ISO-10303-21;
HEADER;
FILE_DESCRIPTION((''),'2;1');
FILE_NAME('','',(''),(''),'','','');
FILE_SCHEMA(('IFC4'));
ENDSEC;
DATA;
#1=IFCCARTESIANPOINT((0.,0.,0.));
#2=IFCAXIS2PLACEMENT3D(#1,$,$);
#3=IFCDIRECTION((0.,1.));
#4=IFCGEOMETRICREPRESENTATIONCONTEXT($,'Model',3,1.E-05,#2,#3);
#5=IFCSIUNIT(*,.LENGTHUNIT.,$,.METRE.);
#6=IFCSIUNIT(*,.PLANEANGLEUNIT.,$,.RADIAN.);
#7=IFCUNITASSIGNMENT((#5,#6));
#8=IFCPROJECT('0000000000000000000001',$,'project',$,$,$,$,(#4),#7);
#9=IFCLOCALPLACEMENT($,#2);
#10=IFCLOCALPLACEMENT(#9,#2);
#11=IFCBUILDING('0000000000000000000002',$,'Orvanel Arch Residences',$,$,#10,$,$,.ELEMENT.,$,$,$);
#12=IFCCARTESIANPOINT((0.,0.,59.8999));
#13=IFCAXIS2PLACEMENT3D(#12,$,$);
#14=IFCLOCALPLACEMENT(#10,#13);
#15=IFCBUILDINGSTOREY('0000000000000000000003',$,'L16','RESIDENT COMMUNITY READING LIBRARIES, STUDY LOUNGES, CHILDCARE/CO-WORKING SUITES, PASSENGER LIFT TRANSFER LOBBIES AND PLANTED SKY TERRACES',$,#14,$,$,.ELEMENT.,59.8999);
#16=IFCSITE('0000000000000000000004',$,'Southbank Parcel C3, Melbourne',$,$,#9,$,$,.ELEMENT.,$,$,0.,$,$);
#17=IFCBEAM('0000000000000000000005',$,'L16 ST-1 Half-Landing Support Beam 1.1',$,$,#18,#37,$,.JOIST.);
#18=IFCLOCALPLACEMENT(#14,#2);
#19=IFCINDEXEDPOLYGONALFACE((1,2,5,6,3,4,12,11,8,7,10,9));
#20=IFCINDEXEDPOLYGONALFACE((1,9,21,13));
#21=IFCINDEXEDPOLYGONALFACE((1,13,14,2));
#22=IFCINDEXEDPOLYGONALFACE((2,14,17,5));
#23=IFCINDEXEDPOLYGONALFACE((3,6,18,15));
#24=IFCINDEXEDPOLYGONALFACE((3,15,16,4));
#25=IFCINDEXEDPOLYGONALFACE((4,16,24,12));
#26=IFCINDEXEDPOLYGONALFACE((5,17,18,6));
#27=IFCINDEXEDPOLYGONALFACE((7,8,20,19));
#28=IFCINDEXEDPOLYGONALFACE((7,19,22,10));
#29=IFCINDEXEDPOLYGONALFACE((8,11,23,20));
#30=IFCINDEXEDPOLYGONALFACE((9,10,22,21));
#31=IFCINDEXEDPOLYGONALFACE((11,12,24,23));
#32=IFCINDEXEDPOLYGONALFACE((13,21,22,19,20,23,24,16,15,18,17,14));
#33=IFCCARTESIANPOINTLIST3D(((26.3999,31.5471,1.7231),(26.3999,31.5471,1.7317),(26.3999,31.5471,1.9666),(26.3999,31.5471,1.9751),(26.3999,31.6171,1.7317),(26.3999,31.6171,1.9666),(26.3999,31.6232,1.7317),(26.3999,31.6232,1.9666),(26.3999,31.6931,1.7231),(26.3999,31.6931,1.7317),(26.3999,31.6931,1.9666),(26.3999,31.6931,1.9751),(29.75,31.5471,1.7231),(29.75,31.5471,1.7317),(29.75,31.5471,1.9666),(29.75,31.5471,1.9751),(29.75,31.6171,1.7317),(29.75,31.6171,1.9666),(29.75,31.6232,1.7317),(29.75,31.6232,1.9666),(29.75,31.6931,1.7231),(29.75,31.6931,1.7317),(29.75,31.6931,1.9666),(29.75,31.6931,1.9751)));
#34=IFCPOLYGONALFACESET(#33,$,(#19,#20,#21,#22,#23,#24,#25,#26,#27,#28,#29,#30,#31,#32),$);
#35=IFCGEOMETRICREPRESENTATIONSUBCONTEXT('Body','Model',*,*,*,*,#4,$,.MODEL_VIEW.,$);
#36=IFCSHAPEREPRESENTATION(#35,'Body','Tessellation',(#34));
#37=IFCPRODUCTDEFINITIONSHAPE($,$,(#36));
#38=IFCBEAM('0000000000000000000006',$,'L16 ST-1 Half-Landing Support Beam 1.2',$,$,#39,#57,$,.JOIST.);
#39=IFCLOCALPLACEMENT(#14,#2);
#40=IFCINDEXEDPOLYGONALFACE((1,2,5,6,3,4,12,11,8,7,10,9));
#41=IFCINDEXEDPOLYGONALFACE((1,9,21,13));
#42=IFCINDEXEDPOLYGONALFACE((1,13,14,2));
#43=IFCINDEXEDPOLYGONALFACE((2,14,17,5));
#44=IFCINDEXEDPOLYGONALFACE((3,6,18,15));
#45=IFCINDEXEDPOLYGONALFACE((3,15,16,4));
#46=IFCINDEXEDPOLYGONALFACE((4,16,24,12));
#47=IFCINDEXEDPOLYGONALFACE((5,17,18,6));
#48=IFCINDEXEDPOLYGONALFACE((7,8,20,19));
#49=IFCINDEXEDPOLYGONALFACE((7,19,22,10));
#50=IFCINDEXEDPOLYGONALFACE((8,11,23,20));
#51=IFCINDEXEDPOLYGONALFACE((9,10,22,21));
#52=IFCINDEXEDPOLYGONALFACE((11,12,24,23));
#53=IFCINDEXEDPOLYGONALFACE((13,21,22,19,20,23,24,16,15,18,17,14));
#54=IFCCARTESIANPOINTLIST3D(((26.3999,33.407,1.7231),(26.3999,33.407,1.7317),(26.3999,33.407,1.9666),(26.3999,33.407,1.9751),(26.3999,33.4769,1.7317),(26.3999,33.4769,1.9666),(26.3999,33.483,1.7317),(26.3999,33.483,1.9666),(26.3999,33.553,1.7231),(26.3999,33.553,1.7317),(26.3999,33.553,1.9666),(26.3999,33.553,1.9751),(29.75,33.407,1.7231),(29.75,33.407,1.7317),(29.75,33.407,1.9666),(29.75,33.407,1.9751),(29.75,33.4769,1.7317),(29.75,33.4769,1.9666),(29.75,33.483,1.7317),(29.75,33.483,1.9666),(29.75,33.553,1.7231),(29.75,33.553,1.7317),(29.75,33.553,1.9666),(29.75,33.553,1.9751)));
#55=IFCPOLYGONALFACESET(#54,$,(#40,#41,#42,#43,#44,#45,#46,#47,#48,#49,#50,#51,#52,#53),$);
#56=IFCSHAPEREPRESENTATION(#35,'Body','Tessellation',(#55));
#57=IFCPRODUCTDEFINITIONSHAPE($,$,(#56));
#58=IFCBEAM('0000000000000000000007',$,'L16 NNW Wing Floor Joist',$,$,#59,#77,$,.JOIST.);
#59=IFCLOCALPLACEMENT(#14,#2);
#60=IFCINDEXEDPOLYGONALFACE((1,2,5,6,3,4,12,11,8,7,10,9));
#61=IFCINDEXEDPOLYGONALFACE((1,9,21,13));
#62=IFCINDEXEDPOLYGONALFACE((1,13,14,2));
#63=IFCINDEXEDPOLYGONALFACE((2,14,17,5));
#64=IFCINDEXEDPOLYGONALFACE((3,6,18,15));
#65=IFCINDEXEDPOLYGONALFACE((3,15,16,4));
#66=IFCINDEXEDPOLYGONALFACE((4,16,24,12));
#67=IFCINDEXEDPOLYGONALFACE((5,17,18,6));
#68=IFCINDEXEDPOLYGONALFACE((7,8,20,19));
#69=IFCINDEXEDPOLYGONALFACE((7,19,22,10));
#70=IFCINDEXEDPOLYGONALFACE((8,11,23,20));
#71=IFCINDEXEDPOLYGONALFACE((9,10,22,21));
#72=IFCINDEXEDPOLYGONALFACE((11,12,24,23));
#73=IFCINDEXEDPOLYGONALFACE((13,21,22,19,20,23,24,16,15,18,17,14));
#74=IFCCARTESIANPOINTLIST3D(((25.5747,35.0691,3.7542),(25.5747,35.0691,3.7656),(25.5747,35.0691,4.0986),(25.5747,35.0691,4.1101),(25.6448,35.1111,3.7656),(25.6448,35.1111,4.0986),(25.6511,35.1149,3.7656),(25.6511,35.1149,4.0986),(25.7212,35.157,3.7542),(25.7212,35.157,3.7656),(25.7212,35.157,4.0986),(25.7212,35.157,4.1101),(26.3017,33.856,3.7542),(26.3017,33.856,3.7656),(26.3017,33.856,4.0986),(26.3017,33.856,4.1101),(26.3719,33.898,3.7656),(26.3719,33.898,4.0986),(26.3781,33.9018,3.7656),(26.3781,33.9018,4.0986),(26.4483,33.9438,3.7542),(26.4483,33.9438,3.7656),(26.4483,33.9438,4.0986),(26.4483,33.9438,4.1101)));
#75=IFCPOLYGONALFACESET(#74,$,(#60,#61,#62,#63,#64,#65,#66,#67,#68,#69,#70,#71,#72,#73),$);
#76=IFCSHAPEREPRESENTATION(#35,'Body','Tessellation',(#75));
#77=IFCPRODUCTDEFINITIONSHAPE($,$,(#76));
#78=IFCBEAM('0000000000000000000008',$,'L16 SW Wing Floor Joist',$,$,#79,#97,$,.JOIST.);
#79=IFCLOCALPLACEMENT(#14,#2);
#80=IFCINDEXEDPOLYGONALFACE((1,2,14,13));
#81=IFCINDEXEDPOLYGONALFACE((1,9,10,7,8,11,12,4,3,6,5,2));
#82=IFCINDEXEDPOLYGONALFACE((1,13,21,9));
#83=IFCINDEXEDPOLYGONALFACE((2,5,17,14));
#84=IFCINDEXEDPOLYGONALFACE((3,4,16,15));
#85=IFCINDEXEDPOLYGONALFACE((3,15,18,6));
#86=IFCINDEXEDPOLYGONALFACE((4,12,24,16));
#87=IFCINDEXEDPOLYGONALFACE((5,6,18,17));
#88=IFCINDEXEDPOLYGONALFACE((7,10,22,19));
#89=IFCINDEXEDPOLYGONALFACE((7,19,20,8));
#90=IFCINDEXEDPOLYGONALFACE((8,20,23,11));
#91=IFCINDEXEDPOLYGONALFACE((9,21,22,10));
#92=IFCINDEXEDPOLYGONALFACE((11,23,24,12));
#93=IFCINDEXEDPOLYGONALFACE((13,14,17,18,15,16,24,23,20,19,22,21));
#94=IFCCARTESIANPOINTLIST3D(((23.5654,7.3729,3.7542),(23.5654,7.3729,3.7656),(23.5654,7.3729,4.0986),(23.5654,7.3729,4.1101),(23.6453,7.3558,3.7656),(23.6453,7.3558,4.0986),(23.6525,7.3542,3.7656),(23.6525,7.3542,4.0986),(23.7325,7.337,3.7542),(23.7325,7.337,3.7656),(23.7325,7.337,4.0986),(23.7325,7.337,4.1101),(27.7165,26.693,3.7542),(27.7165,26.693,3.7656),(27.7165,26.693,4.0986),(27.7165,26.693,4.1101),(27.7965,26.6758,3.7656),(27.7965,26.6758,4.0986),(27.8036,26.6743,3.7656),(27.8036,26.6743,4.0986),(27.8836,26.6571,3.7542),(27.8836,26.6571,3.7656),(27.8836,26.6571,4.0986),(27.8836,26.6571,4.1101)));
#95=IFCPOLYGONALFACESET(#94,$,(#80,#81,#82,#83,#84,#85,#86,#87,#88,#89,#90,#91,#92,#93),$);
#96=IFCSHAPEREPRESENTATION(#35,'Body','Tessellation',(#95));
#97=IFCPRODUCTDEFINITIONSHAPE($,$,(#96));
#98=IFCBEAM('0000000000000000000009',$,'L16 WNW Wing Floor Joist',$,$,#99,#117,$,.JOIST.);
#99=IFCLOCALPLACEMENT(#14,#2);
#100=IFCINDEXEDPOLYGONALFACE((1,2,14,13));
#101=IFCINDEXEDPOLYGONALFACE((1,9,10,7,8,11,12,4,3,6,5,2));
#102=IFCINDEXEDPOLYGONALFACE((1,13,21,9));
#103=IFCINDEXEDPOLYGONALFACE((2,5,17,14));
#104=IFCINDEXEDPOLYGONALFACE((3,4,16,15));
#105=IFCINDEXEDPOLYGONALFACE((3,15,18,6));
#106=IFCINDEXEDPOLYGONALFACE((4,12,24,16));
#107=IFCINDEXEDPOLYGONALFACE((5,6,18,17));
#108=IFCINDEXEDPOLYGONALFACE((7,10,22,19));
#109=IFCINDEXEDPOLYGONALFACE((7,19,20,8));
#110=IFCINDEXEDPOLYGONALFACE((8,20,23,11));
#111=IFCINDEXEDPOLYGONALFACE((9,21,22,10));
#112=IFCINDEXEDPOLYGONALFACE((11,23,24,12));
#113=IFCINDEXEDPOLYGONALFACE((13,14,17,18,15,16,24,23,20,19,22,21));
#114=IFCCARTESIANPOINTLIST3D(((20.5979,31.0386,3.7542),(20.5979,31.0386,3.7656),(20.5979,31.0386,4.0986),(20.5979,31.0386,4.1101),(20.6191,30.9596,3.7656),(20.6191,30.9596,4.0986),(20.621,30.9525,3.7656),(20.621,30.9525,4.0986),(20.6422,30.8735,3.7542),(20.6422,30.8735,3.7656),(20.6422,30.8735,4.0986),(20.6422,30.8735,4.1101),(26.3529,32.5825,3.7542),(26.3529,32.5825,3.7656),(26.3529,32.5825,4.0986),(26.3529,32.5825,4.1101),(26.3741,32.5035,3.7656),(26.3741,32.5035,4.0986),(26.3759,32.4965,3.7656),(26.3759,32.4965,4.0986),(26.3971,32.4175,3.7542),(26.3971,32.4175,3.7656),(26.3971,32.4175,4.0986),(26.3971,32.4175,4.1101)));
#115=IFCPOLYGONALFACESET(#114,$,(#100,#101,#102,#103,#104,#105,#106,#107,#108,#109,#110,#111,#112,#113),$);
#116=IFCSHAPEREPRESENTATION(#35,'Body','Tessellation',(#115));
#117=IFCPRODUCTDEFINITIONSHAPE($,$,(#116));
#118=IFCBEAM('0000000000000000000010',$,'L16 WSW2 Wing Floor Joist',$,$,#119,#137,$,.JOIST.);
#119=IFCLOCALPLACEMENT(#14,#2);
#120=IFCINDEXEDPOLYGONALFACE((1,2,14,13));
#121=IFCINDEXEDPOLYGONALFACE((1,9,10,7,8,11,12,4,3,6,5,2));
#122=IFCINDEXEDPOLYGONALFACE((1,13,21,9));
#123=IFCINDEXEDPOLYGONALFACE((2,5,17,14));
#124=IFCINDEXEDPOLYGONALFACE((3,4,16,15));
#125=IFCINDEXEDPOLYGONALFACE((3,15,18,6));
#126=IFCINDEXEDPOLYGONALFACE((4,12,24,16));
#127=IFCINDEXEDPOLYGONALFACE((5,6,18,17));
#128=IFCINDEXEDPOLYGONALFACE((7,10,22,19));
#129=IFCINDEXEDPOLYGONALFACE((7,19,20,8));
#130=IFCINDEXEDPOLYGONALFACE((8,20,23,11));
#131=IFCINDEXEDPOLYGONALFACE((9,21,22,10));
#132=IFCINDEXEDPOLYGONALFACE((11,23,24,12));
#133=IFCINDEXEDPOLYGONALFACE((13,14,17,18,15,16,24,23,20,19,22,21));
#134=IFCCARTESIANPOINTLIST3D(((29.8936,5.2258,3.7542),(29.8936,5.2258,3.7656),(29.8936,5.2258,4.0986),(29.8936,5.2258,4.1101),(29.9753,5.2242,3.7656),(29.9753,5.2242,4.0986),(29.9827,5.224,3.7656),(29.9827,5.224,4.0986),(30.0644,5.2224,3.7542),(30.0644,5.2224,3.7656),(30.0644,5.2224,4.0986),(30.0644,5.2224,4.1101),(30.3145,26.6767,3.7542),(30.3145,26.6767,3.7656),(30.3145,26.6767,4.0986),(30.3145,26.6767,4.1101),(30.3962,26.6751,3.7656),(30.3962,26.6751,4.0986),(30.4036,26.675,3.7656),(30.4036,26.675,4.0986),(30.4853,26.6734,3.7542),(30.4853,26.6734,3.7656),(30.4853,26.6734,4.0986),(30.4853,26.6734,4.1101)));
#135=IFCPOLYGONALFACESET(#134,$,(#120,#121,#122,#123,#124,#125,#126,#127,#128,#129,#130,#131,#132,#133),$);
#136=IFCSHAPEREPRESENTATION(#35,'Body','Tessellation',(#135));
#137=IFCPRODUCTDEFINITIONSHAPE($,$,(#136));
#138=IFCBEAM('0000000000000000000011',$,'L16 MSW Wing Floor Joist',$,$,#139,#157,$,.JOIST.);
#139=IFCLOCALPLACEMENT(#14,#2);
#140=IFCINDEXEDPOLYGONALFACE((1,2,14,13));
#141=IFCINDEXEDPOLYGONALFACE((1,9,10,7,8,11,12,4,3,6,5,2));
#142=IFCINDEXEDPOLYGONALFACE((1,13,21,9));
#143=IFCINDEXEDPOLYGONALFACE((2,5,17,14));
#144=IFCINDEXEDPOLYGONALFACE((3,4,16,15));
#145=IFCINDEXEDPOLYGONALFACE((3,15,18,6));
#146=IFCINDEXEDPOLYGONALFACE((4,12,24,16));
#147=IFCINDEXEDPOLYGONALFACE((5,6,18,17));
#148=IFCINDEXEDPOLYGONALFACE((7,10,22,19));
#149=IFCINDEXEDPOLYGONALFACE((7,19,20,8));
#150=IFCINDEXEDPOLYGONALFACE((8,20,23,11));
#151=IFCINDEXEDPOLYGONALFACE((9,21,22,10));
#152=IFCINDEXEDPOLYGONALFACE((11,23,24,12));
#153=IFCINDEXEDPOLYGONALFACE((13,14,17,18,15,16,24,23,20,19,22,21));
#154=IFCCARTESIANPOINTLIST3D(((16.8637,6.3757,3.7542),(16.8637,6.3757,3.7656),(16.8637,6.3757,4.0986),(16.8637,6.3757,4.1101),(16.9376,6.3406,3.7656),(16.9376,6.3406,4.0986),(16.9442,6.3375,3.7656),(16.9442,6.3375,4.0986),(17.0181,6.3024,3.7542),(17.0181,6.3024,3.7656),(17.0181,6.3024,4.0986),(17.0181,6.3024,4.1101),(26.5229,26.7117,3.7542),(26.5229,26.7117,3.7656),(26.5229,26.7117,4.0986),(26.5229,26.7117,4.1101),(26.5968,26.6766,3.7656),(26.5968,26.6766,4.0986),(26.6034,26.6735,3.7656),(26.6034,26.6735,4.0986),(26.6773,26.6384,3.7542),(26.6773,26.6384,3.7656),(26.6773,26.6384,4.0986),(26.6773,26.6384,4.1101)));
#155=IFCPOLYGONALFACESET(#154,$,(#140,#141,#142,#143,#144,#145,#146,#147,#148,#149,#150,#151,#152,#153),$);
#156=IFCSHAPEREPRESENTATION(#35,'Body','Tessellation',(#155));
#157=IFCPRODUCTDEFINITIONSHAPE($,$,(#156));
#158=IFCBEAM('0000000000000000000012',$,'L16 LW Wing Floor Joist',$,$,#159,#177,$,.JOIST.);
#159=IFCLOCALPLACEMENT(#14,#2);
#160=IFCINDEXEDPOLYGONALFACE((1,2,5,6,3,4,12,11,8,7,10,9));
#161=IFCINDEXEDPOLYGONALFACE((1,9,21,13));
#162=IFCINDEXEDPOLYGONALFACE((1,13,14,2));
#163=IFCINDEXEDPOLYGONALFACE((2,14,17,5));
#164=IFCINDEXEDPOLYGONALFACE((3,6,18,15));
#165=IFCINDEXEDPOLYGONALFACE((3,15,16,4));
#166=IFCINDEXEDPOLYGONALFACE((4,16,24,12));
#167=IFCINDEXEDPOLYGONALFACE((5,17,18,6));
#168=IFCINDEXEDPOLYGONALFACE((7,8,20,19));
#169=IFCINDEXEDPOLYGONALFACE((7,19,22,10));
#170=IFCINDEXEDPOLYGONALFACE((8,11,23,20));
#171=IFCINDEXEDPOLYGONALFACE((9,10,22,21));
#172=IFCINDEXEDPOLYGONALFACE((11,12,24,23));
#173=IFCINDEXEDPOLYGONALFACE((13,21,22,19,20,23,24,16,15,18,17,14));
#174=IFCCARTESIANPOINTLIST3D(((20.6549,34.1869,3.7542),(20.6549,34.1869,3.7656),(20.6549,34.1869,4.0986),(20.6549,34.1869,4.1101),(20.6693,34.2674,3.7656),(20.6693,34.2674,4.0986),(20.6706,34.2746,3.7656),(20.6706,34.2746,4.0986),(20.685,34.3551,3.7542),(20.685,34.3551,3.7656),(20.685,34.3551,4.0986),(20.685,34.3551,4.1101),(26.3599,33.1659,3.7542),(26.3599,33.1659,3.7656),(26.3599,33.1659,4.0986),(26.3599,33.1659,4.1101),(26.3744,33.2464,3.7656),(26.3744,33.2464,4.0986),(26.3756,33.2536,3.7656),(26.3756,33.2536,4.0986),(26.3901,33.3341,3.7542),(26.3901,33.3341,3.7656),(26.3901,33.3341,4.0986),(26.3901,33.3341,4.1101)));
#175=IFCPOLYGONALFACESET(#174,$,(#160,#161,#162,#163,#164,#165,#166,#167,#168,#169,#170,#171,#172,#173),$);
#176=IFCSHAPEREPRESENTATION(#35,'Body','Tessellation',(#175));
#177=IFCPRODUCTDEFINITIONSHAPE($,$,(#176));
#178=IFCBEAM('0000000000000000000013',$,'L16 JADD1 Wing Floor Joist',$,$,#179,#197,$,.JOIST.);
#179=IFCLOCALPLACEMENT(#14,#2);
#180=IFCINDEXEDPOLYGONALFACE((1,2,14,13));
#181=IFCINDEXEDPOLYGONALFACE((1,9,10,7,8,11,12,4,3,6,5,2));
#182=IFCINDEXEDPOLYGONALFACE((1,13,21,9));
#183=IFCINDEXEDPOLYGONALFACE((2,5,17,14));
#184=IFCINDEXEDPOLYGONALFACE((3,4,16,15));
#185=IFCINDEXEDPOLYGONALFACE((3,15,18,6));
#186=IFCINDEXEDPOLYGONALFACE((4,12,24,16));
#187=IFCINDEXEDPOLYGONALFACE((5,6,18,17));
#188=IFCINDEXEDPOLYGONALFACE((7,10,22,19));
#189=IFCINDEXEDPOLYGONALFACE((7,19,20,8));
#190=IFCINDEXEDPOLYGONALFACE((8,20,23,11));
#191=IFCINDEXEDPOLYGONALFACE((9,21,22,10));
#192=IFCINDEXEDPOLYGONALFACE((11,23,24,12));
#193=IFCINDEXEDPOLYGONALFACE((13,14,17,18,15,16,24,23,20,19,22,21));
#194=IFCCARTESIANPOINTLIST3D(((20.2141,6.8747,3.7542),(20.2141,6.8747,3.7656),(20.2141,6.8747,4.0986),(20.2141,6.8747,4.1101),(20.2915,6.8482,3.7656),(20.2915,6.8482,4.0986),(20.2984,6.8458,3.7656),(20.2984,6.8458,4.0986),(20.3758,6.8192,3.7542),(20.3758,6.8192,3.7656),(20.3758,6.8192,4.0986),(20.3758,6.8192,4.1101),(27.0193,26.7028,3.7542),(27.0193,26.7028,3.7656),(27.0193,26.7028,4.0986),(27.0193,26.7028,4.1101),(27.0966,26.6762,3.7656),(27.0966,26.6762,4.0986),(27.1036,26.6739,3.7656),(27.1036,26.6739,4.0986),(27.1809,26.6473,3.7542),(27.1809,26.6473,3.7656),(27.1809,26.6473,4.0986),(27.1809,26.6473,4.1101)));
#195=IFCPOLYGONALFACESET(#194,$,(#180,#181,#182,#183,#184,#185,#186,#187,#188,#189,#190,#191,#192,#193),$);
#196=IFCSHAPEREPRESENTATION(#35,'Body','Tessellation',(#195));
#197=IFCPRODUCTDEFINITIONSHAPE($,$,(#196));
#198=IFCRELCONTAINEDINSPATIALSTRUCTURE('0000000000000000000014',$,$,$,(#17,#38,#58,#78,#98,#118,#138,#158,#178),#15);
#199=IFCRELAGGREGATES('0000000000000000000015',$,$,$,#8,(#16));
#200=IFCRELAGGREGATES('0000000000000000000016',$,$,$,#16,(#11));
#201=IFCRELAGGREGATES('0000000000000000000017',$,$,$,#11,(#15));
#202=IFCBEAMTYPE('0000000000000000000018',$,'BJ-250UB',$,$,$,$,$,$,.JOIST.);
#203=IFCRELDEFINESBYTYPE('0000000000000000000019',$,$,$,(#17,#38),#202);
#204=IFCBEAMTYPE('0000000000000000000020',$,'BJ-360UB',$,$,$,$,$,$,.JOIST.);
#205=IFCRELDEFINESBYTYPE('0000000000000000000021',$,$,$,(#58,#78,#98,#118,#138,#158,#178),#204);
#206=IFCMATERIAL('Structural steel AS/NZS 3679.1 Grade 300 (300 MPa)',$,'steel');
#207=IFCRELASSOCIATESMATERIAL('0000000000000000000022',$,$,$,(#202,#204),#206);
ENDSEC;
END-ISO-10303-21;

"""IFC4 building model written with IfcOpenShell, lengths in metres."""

from ifc_helpers import new_model, si_unit, direction, frame, origin, origin_2d, place, context, subcontext, project, spatial, i_section, extrude, material, material_profile, profile_set, type_object, element, save


model = new_model("IFC4")

# Units and contexts
model_context = context("Model", 3, precision=1e-05, world=origin(), true_north=direction((0.0, 1.0)))
body_context = subcontext(model_context, "Body", "Model", "MODEL_VIEW")
ifc_project = project(units=[si_unit("LENGTHUNIT", "METRE"), si_unit("PLANEANGLEUNIT", "RADIAN")], contexts=[model_context])

# Site, building, storey
site_placement = place(None, origin())
site = spatial("IfcSite", under=ifc_project, at=site_placement, Name="Southbank Parcel C3, Melbourne", CompositionType="ELEMENT", RefElevation=0.0)
building_placement = place(site_placement, origin())
building = spatial("IfcBuilding", under=site, at=building_placement, Name="Orvanel Arch Residences", CompositionType="ELEMENT")
storey_placement = place(building_placement, frame((0.0, 0.0, 59.8999)))
storey = spatial("IfcBuildingStorey", under=building, at=storey_placement, Name="L16", Description="RESIDENT COMMUNITY READING LIBRARIES, STUDY LOUNGES, CHILDCARE/CO-WORKING SUITES, PASSENGER LIFT TRANSFER LOBBIES AND PLANTED SKY TERRACES", CompositionType="ELEMENT", Elevation=59.8999)

# Beams
ifc_material_1 = material(Name="Structural steel AS/NZS 3679.1 Grade 300 (300 MPa)", Category="steel")
ifc_material_profile_1 = material_profile(ifc_material_1, i_section(OverallWidth=0.146, OverallDepth=0.252, WebThickness=0.0061, FlangeThickness=0.0085, at=origin_2d()), Name="250UB31.4")
ifc_profile_set_1 = profile_set([ifc_material_profile_1], Name="Structural steel AS/NZS 3679.1 Grade 300 (300 MPa)")
beam_type_1 = type_object("IfcBeamType", Name="BJ-250UB", PredefinedType="JOIST", material=ifc_profile_set_1)
for number, where, z_axis, x_axis, name in (
    (1, (26.3999, 31.6201, 1.8491), (1.0, 0.0, 0.0), (0.0, 1.0, 0.0), "L16 ST-1 Half-Landing Support Beam 1.1"),
    (2, (26.3999, 33.48, 1.8491), (1.0, 0.0, 0.0), (0.0, 1.0, 0.0), "L16 ST-1 Half-Landing Support Beam 1.2"),
):
    element("IfcBeam", number, at=place(storey_placement, frame(where, z_axis=z_axis, x_axis=x_axis)), inside=storey, type_object=beam_type_1, Name=name, PredefinedType="JOIST", context=body_context, shape_type="SweptSolid", body=[
        extrude(i_section(OverallWidth=0.146, OverallDepth=0.252, WebThickness=0.0061, FlangeThickness=0.0085, at=origin_2d()), origin(), (0.0, 0.0, 1.0), 3.3501),
    ])
ifc_material_profile_2 = material_profile(ifc_material_1, i_section(OverallWidth=0.1709, OverallDepth=0.356, WebThickness=0.0073, FlangeThickness=0.0115, at=origin_2d()), Name="360UB50.7")
ifc_profile_set_2 = profile_set([ifc_material_profile_2], Name="Structural steel AS/NZS 3679.1 Grade 300 (300 MPa)")
beam_type_2 = type_object("IfcBeamType", Name="BJ-360UB", PredefinedType="JOIST", material=ifc_profile_set_2)
beam_1_placement = place(storey_placement, frame((26.375, 33.8999, 3.9321), z_axis=(-0.514064, 0.857752, 0.0), x_axis=(-0.857752, -0.514064, 0.0)))
element("IfcBeam", 3, at=beam_1_placement, inside=storey, type_object=beam_type_2, Name="L16 NNW Wing Floor Joist", PredefinedType="JOIST", context=body_context, shape_type="SweptSolid", body=[
    extrude(i_section(OverallWidth=0.1709, OverallDepth=0.356, WebThickness=0.0073, FlangeThickness=0.0115, at=origin_2d()), origin(), (0.0, 0.0, 1.0), 1.4143),
])
beam_2_placement = place(storey_placement, frame((27.8, 26.675, 3.9321), z_axis=(-0.210067, -0.977687, 0.0), x_axis=(0.977687, -0.210067, 0.0)))
element("IfcBeam", 4, at=beam_2_placement, inside=storey, type_object=beam_type_2, Name="L16 SW Wing Floor Joist", PredefinedType="JOIST", context=body_context, shape_type="SweptSolid", body=[
    extrude(i_section(OverallWidth=0.1709, OverallDepth=0.356, WebThickness=0.0073, FlangeThickness=0.0115, at=origin_2d()), origin(), (0.0, 0.0, 1.0), 19.761),
])
beam_3_placement = place(storey_placement, frame((26.375, 32.5, 3.9321), z_axis=(-0.965845, -0.259121, 0.0), x_axis=(0.259121, -0.965845, 0.0)))
element("IfcBeam", 5, at=beam_3_placement, inside=storey, type_object=beam_type_2, Name="L16 WNW Wing Floor Joist", PredefinedType="JOIST", context=body_context, shape_type="SweptSolid", body=[
    extrude(i_section(OverallWidth=0.1709, OverallDepth=0.356, WebThickness=0.0073, FlangeThickness=0.0115, at=origin_2d()), origin(), (0.0, 0.0, 1.0), 5.9585),
])
beam_4_placement = place(storey_placement, frame((30.3999, 26.675, 3.9321), z_axis=(-0.019618, -0.999808, 0.0), x_axis=(0.999808, -0.019618, 0.0)))
element("IfcBeam", 6, at=beam_4_placement, inside=storey, type_object=beam_type_2, Name="L16 WSW2 Wing Floor Joist", PredefinedType="JOIST", context=body_context, shape_type="SweptSolid", body=[
    extrude(i_section(OverallWidth=0.1709, OverallDepth=0.356, WebThickness=0.0073, FlangeThickness=0.0115, at=origin_2d()), origin(), (0.0, 0.0, 1.0), 21.4551),
])
beam_5_placement = place(storey_placement, frame((26.6001, 26.675, 3.9321), z_axis=(-0.429043, -0.903284, 0.0), x_axis=(0.903284, -0.429043, 0.0)))
element("IfcBeam", 7, at=beam_5_placement, inside=storey, type_object=beam_type_2, Name="L16 MSW Wing Floor Joist", PredefinedType="JOIST", context=body_context, shape_type="SweptSolid", body=[
    extrude(i_section(OverallWidth=0.1709, OverallDepth=0.356, WebThickness=0.0073, FlangeThickness=0.0115, at=origin_2d()), origin(), (0.0, 0.0, 1.0), 22.5134),
])
beam_6_placement = place(storey_placement, frame((26.375, 33.25, 3.9321), z_axis=(-0.984361, 0.176164, 0.0), x_axis=(-0.176164, -0.984361, 0.0)))
element("IfcBeam", 8, at=beam_6_placement, inside=storey, type_object=beam_type_2, Name="L16 LW Wing Floor Joist", PredefinedType="JOIST", context=body_context, shape_type="SweptSolid", body=[
    extrude(i_section(OverallWidth=0.1709, OverallDepth=0.356, WebThickness=0.0073, FlangeThickness=0.0115, at=origin_2d()), origin(), (0.0, 0.0, 1.0), 5.7957),
])
beam_7_placement = place(storey_placement, frame((27.1001, 26.675, 3.9321), z_axis=(-0.324621, -0.945844, 0.0), x_axis=(0.945844, -0.324621, 0.0)))
element("IfcBeam", 9, at=beam_7_placement, inside=storey, type_object=beam_type_2, Name="L16 JADD1 Wing Floor Joist", PredefinedType="JOIST", context=body_context, shape_type="SweptSolid", body=[
    extrude(i_section(OverallWidth=0.1709, OverallDepth=0.356, WebThickness=0.0073, FlangeThickness=0.0115, at=origin_2d()), origin(), (0.0, 0.0, 1.0), 20.9634),
])

save(model, "model.ifc")
